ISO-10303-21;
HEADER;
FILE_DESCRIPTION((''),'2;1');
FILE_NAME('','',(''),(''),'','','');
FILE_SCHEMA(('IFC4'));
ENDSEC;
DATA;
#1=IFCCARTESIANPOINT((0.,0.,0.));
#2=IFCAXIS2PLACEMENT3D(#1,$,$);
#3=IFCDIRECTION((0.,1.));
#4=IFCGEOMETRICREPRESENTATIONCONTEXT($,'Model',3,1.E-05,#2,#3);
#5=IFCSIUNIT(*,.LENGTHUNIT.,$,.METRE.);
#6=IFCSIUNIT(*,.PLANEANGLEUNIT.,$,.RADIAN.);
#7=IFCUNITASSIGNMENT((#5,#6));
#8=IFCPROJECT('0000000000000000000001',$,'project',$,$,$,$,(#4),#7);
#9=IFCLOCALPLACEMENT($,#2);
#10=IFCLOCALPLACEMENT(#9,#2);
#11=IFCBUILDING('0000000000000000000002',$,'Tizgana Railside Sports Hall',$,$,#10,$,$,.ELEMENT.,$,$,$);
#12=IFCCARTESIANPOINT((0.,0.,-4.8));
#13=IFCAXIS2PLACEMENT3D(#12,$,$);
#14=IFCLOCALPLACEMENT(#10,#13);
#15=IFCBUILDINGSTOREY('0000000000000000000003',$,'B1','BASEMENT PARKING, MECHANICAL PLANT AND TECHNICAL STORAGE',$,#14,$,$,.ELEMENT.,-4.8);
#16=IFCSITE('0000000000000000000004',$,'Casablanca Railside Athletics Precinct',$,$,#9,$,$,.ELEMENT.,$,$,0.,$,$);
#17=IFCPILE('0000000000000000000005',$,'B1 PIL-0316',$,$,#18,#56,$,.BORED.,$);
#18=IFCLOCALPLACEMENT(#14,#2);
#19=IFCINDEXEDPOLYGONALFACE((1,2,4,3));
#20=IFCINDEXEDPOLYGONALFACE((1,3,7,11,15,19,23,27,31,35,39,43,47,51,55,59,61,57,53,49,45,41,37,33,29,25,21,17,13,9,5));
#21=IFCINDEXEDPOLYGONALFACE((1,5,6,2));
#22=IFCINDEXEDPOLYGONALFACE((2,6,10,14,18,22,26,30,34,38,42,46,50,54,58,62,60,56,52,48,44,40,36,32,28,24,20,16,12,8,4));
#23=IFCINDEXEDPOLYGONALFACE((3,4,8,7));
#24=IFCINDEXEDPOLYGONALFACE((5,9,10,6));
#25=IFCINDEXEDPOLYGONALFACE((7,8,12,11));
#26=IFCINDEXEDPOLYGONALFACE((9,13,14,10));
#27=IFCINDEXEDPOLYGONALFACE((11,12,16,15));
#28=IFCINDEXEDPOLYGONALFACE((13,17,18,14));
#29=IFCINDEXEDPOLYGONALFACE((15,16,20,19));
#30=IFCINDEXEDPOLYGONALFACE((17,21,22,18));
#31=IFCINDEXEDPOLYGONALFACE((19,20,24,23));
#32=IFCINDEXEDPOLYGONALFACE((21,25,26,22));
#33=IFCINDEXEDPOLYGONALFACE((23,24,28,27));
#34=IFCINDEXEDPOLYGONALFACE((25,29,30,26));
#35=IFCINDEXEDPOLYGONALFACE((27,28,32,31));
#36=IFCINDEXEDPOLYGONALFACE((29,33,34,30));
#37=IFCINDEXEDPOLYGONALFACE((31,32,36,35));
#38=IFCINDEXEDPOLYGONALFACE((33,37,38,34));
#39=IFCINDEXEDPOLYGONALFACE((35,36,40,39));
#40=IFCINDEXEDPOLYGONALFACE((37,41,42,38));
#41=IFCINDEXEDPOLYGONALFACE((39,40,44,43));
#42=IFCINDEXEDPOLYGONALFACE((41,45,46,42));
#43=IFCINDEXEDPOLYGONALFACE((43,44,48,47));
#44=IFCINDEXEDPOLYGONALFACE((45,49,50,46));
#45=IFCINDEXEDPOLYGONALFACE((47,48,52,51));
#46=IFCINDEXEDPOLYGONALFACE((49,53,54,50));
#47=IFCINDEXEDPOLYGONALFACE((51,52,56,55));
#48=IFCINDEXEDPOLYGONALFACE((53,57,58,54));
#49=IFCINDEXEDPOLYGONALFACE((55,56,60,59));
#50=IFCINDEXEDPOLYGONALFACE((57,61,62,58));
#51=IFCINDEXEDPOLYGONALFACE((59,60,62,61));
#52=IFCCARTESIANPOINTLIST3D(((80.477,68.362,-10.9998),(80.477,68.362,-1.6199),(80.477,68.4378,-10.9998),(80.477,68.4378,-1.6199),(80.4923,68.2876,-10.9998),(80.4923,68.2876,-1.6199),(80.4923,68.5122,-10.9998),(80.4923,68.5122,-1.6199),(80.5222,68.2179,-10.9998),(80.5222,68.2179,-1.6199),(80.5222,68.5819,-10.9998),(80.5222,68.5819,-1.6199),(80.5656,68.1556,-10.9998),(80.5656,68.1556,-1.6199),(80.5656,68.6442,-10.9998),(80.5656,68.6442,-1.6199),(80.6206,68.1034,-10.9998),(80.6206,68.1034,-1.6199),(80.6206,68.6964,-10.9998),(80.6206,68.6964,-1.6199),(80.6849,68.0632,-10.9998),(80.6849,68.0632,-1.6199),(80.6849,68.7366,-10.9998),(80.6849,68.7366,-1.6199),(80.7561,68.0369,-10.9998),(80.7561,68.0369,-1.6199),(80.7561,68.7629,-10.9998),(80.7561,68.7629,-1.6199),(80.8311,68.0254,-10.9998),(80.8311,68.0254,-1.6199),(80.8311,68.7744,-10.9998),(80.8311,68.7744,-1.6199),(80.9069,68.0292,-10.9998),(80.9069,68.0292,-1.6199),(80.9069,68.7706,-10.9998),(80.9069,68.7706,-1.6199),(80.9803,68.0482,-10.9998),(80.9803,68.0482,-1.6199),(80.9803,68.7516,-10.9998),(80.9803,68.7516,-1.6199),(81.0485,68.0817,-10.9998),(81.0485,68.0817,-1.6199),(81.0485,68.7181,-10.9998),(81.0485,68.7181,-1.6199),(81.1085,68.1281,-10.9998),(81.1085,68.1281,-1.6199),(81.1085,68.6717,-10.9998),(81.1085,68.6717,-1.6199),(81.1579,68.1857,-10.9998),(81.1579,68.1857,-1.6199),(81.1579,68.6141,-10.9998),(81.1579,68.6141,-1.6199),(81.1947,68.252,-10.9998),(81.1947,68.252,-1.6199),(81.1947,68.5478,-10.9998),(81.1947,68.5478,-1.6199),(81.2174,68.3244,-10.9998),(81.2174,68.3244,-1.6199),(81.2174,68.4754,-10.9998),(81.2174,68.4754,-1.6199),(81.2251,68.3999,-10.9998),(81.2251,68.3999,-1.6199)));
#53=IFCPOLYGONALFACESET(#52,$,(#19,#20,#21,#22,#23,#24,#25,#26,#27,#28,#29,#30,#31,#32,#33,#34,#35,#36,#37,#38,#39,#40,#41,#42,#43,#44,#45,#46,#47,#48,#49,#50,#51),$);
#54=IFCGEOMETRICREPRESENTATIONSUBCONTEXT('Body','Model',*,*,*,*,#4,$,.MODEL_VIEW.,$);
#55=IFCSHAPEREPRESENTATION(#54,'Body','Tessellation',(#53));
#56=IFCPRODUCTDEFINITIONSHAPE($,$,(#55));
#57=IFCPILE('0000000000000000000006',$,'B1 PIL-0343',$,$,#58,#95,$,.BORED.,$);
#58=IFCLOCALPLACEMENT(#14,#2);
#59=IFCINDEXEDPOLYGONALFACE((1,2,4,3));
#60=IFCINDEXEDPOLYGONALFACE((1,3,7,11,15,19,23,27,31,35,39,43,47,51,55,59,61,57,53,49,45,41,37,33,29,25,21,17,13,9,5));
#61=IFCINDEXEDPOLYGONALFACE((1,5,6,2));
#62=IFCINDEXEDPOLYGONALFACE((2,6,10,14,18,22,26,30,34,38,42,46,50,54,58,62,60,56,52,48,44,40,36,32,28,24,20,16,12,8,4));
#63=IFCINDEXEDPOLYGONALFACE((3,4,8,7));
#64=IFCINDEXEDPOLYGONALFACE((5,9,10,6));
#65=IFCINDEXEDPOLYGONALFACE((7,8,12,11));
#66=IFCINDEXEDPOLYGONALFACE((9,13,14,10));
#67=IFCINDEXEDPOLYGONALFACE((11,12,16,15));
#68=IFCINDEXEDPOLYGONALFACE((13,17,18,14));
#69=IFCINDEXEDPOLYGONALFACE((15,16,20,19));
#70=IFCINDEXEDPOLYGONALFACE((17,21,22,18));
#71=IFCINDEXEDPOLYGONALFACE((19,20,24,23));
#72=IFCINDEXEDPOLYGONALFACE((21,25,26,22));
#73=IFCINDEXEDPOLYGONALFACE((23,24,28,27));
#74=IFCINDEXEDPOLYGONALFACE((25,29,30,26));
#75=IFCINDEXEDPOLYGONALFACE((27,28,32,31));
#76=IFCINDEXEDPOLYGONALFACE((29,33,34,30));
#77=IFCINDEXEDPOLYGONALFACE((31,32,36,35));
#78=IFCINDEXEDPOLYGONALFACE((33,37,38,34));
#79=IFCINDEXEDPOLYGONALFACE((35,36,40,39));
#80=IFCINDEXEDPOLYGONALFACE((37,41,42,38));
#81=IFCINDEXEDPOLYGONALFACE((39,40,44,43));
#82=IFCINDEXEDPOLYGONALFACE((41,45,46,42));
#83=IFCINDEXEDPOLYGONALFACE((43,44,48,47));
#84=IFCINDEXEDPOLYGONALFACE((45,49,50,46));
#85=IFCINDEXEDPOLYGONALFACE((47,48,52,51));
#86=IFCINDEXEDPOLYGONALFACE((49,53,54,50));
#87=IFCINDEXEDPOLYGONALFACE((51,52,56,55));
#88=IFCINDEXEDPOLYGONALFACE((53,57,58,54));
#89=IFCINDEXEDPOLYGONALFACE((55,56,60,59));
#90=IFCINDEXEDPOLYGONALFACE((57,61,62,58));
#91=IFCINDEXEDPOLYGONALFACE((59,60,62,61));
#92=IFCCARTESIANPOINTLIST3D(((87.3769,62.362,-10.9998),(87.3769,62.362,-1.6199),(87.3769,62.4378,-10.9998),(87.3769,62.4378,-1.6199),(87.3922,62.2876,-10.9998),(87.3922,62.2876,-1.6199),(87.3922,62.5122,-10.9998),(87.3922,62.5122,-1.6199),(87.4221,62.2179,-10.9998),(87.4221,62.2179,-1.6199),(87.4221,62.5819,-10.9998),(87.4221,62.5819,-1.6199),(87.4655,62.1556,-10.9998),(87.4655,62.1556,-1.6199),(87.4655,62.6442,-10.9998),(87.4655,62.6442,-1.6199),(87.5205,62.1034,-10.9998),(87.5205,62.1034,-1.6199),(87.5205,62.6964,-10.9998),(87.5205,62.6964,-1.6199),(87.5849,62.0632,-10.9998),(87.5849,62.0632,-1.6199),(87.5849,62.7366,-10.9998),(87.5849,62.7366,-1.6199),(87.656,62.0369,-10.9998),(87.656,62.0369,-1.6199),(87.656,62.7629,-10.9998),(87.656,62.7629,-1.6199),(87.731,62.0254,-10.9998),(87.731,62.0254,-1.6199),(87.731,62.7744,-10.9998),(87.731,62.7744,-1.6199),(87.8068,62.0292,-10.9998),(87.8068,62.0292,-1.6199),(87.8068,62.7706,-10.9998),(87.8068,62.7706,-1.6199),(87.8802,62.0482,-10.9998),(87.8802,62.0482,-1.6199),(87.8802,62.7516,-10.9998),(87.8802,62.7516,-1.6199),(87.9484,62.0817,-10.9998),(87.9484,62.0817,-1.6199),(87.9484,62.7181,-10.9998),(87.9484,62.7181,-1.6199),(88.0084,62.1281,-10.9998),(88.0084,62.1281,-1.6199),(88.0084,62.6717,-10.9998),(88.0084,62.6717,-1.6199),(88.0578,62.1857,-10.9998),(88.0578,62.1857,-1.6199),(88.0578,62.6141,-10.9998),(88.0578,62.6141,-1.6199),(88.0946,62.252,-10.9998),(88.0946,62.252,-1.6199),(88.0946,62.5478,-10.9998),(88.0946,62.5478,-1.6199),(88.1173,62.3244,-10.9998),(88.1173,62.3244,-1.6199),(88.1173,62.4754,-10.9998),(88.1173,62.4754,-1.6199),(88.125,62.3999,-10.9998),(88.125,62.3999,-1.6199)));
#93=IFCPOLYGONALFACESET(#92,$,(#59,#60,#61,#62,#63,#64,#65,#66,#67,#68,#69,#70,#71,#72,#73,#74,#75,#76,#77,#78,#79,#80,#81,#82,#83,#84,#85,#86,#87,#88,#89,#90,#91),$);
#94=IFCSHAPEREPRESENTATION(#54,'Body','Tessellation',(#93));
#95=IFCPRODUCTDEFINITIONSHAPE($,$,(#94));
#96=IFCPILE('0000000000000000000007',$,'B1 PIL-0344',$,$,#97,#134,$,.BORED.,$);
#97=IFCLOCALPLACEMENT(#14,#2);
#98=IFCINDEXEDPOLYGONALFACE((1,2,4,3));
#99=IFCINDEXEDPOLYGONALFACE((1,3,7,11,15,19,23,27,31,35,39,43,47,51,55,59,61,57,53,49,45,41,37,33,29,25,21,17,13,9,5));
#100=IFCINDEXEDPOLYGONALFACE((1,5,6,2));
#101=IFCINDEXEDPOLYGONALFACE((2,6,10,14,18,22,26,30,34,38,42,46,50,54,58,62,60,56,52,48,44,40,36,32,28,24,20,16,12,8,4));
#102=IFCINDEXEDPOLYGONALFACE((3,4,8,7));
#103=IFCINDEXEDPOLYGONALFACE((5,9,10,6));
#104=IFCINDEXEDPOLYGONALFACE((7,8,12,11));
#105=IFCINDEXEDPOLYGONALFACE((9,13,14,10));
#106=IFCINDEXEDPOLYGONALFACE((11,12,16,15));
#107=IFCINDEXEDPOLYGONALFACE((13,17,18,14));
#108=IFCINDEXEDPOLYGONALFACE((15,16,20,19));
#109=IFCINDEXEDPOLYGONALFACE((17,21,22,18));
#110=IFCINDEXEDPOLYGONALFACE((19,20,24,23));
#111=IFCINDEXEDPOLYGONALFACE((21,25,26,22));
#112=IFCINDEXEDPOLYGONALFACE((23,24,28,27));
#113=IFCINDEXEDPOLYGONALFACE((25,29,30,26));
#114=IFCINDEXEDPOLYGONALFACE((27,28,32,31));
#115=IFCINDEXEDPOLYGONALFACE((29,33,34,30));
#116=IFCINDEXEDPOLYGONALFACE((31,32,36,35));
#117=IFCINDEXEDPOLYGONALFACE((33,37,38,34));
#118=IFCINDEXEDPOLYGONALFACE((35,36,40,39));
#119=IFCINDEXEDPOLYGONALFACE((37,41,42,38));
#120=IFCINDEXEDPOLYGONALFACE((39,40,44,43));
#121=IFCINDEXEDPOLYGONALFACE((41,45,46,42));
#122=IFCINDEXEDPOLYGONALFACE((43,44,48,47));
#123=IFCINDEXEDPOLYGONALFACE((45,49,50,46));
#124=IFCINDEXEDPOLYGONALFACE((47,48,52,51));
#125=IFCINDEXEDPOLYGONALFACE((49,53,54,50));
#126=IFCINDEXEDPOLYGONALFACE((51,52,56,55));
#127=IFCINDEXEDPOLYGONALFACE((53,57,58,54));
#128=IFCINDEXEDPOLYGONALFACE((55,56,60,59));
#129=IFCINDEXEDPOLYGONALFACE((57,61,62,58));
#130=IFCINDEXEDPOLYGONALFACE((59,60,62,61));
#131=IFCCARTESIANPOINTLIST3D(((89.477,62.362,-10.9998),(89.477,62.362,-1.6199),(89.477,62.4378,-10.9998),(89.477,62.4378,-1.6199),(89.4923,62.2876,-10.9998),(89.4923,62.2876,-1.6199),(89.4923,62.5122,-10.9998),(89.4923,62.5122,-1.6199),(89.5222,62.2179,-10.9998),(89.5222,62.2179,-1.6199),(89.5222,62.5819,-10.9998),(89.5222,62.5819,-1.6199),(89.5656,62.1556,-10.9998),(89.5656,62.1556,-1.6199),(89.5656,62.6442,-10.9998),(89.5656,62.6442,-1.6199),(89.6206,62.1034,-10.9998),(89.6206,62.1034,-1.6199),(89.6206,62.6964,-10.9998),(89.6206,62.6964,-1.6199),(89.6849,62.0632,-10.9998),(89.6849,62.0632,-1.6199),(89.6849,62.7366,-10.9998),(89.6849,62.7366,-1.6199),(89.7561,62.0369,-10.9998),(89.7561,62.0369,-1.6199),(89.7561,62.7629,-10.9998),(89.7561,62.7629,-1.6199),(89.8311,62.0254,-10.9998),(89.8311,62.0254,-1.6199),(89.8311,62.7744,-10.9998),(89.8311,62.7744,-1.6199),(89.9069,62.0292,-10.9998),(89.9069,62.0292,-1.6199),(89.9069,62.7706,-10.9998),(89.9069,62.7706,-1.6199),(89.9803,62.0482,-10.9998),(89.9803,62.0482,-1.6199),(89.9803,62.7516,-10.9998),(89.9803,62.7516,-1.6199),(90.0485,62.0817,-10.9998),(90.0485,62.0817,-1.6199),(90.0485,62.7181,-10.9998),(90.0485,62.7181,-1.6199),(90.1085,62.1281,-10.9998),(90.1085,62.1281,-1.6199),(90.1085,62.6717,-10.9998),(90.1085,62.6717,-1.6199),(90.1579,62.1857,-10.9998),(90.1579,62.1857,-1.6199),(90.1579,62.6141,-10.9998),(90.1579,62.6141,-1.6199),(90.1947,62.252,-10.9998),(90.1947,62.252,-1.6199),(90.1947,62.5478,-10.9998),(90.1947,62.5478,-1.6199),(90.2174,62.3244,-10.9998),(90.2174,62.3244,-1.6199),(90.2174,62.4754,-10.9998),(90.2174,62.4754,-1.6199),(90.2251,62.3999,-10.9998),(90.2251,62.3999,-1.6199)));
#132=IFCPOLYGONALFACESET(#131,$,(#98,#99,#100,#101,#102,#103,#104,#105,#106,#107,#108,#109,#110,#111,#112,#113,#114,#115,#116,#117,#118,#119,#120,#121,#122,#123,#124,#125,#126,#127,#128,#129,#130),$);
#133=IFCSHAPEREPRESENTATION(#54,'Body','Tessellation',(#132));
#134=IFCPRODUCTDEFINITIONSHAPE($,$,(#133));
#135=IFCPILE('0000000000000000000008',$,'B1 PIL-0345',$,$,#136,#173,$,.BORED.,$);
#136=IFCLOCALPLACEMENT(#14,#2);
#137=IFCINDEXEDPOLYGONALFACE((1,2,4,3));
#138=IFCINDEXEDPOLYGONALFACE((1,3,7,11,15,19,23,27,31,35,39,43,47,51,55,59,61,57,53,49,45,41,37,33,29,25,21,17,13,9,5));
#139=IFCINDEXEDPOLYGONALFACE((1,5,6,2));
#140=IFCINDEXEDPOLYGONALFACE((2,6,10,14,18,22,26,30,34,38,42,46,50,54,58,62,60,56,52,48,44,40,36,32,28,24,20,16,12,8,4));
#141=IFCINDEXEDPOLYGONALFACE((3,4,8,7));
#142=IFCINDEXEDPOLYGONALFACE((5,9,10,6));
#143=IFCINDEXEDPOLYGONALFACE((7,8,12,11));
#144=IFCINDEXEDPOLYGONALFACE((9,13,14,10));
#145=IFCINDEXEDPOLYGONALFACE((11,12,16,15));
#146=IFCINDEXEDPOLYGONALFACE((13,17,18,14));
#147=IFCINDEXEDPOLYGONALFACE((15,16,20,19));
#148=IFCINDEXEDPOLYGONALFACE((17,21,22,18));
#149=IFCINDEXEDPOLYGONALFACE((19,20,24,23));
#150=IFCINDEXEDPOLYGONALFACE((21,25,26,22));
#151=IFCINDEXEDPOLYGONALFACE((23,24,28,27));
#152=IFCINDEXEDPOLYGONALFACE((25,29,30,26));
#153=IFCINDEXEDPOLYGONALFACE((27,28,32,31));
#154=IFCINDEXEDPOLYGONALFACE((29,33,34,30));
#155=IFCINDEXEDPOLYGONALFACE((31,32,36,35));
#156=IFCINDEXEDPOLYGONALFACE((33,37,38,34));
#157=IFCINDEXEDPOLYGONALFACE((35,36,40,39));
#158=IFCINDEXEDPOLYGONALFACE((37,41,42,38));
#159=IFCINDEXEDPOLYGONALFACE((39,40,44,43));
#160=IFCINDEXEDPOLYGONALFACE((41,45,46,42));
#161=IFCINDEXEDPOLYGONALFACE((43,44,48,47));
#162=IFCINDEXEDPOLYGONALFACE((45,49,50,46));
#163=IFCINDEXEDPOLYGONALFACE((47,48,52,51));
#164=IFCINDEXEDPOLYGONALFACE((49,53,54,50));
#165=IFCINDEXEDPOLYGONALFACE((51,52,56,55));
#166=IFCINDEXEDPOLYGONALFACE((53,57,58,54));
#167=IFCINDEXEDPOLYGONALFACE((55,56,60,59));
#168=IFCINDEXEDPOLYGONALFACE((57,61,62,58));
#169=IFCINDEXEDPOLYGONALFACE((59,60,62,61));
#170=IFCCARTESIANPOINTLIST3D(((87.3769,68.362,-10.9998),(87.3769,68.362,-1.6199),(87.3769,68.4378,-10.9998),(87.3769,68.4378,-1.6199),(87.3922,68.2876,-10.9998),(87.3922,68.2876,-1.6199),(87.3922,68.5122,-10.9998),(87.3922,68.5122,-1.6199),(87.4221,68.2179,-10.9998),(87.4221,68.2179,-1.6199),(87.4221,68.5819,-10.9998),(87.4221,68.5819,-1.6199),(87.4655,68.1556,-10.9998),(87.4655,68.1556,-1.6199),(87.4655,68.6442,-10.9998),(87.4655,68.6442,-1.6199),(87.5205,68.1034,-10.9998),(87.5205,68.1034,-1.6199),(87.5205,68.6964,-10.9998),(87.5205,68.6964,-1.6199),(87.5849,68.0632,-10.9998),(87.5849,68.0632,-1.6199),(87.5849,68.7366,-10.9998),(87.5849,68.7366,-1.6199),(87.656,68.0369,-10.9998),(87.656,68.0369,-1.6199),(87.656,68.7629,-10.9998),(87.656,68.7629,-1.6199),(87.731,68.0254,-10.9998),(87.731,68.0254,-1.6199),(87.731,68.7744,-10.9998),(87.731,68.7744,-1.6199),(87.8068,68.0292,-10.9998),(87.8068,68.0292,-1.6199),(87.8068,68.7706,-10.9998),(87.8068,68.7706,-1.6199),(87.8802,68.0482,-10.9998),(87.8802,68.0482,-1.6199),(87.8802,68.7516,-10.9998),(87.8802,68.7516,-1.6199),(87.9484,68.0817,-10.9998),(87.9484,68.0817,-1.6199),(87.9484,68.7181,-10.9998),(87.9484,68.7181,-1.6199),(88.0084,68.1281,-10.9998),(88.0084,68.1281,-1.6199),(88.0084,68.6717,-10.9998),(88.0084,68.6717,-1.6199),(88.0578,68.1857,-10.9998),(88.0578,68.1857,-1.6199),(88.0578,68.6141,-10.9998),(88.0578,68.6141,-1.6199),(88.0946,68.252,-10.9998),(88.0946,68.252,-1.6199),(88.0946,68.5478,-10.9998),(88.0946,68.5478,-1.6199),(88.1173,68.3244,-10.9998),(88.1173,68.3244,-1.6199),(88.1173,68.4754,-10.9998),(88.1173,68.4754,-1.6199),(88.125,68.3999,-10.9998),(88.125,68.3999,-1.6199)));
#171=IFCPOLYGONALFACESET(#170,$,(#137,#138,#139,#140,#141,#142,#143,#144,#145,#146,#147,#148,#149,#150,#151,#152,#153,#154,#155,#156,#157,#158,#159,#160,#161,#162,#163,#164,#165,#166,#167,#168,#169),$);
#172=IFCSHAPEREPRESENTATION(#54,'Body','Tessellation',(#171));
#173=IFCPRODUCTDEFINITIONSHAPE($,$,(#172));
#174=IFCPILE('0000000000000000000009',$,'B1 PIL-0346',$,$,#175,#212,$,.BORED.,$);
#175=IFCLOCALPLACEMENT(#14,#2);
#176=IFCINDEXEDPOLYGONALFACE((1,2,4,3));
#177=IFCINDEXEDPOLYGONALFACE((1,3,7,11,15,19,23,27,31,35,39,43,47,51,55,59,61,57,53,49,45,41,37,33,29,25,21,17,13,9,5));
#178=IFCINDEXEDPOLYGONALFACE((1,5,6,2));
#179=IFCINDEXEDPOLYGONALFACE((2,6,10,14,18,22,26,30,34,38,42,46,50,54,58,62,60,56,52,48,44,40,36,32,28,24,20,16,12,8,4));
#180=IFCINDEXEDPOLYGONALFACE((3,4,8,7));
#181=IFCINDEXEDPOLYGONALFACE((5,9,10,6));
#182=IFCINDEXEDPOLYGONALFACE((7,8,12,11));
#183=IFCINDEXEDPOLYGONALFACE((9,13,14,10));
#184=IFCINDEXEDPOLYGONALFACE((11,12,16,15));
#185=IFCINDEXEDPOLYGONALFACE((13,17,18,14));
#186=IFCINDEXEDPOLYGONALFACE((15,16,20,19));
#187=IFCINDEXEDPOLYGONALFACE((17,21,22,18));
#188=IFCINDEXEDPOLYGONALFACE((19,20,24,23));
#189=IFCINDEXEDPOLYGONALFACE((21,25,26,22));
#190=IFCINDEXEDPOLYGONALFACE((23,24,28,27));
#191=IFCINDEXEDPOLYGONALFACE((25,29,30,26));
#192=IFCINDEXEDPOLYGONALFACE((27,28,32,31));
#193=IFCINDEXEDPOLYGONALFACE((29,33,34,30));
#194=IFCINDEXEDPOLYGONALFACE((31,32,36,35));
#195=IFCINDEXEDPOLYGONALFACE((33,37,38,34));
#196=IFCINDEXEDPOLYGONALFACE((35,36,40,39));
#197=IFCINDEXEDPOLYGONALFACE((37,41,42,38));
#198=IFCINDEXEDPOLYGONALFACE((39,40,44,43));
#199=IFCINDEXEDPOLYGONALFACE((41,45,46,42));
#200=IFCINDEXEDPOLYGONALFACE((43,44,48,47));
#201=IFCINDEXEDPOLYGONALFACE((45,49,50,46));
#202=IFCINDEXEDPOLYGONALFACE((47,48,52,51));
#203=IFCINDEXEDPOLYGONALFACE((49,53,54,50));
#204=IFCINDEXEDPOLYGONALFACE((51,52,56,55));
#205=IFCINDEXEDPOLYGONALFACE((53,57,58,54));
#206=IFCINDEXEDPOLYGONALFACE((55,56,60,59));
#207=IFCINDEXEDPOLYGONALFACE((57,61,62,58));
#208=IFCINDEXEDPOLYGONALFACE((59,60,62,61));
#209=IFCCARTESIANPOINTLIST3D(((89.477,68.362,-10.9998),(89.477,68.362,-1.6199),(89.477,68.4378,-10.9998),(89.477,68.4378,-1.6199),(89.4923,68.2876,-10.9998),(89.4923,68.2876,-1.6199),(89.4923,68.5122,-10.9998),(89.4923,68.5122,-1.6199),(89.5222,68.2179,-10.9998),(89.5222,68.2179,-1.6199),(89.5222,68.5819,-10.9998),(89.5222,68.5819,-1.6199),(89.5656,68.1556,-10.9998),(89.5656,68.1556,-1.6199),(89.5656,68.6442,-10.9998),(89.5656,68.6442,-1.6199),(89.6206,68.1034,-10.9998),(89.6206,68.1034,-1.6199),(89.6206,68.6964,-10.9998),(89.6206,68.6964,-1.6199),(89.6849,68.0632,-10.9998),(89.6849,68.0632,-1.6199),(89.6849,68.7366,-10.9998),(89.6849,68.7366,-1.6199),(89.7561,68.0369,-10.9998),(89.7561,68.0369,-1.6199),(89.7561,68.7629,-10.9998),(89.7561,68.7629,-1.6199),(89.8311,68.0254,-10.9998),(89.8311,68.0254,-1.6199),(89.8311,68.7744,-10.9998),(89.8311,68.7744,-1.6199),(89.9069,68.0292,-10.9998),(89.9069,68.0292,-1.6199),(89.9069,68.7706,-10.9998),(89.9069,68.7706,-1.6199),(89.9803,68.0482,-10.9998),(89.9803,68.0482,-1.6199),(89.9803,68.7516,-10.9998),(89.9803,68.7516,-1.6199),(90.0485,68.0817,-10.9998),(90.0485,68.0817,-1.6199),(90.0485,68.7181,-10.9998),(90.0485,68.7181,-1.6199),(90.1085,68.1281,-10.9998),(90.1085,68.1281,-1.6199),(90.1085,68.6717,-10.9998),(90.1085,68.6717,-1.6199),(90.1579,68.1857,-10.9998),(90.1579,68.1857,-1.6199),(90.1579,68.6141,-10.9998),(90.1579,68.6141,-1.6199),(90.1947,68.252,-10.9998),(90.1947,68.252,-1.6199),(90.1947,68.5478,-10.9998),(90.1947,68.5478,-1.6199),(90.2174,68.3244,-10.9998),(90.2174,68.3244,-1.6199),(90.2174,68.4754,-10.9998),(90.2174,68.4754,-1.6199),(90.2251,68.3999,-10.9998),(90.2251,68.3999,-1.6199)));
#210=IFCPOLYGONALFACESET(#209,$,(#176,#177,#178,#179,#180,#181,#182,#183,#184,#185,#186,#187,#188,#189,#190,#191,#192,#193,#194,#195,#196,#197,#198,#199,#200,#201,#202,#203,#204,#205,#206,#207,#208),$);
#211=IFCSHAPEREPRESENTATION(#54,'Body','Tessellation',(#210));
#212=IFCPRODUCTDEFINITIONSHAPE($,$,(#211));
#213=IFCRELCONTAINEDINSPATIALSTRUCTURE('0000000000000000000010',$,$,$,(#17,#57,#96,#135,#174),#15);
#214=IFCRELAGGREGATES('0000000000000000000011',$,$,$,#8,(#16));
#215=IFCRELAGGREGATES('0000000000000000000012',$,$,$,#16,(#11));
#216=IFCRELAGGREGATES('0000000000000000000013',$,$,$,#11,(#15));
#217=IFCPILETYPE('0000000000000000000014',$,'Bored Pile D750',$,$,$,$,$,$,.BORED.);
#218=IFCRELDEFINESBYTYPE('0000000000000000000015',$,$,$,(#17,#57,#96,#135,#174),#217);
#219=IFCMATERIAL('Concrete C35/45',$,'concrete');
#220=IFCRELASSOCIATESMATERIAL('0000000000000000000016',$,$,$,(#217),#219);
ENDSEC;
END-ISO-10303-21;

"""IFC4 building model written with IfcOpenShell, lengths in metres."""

from ifc_helpers import new_model, si_unit, direction, frame, origin, origin_2d, place, context, subcontext, project, spatial, circle, extrude, material, material_profile, profile_set, type_object, element, save


model = new_model("IFC4")

# Units and contexts
model_context = context("Model", 3, precision=1e-05, world=origin(), true_north=direction((0.0, 1.0)))
body_context = subcontext(model_context, "Body", "Model", "MODEL_VIEW")
ifc_project = project(units=[si_unit("LENGTHUNIT", "METRE"), si_unit("PLANEANGLEUNIT", "RADIAN")], contexts=[model_context])

# Site, building, storey
site_placement = place(None, origin())
site = spatial("IfcSite", under=ifc_project, at=site_placement, Name="Casablanca Railside Athletics Precinct", CompositionType="ELEMENT", RefElevation=0.0)
building_placement = place(site_placement, origin())
building = spatial("IfcBuilding", under=site, at=building_placement, Name="Tizgana Railside Sports Hall", CompositionType="ELEMENT")
storey_placement = place(building_placement, frame((0.0, 0.0, -4.8)))
storey = spatial("IfcBuildingStorey", under=building, at=storey_placement, Name="B1", Description="BASEMENT PARKING, MECHANICAL PLANT AND TECHNICAL STORAGE", CompositionType="ELEMENT", Elevation=-4.8)

# Piles
ifc_material_1 = material(Name="Concrete C35/45", Category="concrete")
ifc_material_profile_1 = material_profile(ifc_material_1, circle(Radius=0.375, at=origin_2d()), Name="PILE D750")
ifc_profile_set_1 = profile_set([ifc_material_profile_1], Name="Concrete C35/45")
pile_type_1 = type_object("IfcPileType", Name="Bored Pile D750", PredefinedType="BORED", material=ifc_profile_set_1)
for number, where, z_axis, x_axis, name in (
    (1, (80.8501, 68.3999, -1.6199), (0.0, 0.0, -1.0), (1.0, 0.0, 0.0), "B1 PIL-0316"),
    (2, (87.75, 62.3999, -1.6199), (0.0, 0.0, -1.0), (1.0, 0.0, 0.0), "B1 PIL-0343"),
    (3, (89.8501, 62.3999, -1.6199), (0.0, 0.0, -1.0), (1.0, 0.0, 0.0), "B1 PIL-0344"),
    (4, (87.75, 68.3999, -1.6199), (0.0, 0.0, -1.0), (1.0, 0.0, 0.0), "B1 PIL-0345"),
    (5, (89.8501, 68.3999, -1.6199), (0.0, 0.0, -1.0), (1.0, 0.0, 0.0), "B1 PIL-0346"),
):
    element("IfcPile", number, at=place(storey_placement, frame(where, z_axis=z_axis, x_axis=x_axis)), inside=storey, type_object=pile_type_1, Name=name, PredefinedType="BORED", context=body_context, shape_type="SweptSolid", body=[
        extrude(circle(Radius=0.375, at=origin_2d()), origin(), (0.0, 0.0, 1.0), 9.3799),
    ])

save(model, "model.ifc")
